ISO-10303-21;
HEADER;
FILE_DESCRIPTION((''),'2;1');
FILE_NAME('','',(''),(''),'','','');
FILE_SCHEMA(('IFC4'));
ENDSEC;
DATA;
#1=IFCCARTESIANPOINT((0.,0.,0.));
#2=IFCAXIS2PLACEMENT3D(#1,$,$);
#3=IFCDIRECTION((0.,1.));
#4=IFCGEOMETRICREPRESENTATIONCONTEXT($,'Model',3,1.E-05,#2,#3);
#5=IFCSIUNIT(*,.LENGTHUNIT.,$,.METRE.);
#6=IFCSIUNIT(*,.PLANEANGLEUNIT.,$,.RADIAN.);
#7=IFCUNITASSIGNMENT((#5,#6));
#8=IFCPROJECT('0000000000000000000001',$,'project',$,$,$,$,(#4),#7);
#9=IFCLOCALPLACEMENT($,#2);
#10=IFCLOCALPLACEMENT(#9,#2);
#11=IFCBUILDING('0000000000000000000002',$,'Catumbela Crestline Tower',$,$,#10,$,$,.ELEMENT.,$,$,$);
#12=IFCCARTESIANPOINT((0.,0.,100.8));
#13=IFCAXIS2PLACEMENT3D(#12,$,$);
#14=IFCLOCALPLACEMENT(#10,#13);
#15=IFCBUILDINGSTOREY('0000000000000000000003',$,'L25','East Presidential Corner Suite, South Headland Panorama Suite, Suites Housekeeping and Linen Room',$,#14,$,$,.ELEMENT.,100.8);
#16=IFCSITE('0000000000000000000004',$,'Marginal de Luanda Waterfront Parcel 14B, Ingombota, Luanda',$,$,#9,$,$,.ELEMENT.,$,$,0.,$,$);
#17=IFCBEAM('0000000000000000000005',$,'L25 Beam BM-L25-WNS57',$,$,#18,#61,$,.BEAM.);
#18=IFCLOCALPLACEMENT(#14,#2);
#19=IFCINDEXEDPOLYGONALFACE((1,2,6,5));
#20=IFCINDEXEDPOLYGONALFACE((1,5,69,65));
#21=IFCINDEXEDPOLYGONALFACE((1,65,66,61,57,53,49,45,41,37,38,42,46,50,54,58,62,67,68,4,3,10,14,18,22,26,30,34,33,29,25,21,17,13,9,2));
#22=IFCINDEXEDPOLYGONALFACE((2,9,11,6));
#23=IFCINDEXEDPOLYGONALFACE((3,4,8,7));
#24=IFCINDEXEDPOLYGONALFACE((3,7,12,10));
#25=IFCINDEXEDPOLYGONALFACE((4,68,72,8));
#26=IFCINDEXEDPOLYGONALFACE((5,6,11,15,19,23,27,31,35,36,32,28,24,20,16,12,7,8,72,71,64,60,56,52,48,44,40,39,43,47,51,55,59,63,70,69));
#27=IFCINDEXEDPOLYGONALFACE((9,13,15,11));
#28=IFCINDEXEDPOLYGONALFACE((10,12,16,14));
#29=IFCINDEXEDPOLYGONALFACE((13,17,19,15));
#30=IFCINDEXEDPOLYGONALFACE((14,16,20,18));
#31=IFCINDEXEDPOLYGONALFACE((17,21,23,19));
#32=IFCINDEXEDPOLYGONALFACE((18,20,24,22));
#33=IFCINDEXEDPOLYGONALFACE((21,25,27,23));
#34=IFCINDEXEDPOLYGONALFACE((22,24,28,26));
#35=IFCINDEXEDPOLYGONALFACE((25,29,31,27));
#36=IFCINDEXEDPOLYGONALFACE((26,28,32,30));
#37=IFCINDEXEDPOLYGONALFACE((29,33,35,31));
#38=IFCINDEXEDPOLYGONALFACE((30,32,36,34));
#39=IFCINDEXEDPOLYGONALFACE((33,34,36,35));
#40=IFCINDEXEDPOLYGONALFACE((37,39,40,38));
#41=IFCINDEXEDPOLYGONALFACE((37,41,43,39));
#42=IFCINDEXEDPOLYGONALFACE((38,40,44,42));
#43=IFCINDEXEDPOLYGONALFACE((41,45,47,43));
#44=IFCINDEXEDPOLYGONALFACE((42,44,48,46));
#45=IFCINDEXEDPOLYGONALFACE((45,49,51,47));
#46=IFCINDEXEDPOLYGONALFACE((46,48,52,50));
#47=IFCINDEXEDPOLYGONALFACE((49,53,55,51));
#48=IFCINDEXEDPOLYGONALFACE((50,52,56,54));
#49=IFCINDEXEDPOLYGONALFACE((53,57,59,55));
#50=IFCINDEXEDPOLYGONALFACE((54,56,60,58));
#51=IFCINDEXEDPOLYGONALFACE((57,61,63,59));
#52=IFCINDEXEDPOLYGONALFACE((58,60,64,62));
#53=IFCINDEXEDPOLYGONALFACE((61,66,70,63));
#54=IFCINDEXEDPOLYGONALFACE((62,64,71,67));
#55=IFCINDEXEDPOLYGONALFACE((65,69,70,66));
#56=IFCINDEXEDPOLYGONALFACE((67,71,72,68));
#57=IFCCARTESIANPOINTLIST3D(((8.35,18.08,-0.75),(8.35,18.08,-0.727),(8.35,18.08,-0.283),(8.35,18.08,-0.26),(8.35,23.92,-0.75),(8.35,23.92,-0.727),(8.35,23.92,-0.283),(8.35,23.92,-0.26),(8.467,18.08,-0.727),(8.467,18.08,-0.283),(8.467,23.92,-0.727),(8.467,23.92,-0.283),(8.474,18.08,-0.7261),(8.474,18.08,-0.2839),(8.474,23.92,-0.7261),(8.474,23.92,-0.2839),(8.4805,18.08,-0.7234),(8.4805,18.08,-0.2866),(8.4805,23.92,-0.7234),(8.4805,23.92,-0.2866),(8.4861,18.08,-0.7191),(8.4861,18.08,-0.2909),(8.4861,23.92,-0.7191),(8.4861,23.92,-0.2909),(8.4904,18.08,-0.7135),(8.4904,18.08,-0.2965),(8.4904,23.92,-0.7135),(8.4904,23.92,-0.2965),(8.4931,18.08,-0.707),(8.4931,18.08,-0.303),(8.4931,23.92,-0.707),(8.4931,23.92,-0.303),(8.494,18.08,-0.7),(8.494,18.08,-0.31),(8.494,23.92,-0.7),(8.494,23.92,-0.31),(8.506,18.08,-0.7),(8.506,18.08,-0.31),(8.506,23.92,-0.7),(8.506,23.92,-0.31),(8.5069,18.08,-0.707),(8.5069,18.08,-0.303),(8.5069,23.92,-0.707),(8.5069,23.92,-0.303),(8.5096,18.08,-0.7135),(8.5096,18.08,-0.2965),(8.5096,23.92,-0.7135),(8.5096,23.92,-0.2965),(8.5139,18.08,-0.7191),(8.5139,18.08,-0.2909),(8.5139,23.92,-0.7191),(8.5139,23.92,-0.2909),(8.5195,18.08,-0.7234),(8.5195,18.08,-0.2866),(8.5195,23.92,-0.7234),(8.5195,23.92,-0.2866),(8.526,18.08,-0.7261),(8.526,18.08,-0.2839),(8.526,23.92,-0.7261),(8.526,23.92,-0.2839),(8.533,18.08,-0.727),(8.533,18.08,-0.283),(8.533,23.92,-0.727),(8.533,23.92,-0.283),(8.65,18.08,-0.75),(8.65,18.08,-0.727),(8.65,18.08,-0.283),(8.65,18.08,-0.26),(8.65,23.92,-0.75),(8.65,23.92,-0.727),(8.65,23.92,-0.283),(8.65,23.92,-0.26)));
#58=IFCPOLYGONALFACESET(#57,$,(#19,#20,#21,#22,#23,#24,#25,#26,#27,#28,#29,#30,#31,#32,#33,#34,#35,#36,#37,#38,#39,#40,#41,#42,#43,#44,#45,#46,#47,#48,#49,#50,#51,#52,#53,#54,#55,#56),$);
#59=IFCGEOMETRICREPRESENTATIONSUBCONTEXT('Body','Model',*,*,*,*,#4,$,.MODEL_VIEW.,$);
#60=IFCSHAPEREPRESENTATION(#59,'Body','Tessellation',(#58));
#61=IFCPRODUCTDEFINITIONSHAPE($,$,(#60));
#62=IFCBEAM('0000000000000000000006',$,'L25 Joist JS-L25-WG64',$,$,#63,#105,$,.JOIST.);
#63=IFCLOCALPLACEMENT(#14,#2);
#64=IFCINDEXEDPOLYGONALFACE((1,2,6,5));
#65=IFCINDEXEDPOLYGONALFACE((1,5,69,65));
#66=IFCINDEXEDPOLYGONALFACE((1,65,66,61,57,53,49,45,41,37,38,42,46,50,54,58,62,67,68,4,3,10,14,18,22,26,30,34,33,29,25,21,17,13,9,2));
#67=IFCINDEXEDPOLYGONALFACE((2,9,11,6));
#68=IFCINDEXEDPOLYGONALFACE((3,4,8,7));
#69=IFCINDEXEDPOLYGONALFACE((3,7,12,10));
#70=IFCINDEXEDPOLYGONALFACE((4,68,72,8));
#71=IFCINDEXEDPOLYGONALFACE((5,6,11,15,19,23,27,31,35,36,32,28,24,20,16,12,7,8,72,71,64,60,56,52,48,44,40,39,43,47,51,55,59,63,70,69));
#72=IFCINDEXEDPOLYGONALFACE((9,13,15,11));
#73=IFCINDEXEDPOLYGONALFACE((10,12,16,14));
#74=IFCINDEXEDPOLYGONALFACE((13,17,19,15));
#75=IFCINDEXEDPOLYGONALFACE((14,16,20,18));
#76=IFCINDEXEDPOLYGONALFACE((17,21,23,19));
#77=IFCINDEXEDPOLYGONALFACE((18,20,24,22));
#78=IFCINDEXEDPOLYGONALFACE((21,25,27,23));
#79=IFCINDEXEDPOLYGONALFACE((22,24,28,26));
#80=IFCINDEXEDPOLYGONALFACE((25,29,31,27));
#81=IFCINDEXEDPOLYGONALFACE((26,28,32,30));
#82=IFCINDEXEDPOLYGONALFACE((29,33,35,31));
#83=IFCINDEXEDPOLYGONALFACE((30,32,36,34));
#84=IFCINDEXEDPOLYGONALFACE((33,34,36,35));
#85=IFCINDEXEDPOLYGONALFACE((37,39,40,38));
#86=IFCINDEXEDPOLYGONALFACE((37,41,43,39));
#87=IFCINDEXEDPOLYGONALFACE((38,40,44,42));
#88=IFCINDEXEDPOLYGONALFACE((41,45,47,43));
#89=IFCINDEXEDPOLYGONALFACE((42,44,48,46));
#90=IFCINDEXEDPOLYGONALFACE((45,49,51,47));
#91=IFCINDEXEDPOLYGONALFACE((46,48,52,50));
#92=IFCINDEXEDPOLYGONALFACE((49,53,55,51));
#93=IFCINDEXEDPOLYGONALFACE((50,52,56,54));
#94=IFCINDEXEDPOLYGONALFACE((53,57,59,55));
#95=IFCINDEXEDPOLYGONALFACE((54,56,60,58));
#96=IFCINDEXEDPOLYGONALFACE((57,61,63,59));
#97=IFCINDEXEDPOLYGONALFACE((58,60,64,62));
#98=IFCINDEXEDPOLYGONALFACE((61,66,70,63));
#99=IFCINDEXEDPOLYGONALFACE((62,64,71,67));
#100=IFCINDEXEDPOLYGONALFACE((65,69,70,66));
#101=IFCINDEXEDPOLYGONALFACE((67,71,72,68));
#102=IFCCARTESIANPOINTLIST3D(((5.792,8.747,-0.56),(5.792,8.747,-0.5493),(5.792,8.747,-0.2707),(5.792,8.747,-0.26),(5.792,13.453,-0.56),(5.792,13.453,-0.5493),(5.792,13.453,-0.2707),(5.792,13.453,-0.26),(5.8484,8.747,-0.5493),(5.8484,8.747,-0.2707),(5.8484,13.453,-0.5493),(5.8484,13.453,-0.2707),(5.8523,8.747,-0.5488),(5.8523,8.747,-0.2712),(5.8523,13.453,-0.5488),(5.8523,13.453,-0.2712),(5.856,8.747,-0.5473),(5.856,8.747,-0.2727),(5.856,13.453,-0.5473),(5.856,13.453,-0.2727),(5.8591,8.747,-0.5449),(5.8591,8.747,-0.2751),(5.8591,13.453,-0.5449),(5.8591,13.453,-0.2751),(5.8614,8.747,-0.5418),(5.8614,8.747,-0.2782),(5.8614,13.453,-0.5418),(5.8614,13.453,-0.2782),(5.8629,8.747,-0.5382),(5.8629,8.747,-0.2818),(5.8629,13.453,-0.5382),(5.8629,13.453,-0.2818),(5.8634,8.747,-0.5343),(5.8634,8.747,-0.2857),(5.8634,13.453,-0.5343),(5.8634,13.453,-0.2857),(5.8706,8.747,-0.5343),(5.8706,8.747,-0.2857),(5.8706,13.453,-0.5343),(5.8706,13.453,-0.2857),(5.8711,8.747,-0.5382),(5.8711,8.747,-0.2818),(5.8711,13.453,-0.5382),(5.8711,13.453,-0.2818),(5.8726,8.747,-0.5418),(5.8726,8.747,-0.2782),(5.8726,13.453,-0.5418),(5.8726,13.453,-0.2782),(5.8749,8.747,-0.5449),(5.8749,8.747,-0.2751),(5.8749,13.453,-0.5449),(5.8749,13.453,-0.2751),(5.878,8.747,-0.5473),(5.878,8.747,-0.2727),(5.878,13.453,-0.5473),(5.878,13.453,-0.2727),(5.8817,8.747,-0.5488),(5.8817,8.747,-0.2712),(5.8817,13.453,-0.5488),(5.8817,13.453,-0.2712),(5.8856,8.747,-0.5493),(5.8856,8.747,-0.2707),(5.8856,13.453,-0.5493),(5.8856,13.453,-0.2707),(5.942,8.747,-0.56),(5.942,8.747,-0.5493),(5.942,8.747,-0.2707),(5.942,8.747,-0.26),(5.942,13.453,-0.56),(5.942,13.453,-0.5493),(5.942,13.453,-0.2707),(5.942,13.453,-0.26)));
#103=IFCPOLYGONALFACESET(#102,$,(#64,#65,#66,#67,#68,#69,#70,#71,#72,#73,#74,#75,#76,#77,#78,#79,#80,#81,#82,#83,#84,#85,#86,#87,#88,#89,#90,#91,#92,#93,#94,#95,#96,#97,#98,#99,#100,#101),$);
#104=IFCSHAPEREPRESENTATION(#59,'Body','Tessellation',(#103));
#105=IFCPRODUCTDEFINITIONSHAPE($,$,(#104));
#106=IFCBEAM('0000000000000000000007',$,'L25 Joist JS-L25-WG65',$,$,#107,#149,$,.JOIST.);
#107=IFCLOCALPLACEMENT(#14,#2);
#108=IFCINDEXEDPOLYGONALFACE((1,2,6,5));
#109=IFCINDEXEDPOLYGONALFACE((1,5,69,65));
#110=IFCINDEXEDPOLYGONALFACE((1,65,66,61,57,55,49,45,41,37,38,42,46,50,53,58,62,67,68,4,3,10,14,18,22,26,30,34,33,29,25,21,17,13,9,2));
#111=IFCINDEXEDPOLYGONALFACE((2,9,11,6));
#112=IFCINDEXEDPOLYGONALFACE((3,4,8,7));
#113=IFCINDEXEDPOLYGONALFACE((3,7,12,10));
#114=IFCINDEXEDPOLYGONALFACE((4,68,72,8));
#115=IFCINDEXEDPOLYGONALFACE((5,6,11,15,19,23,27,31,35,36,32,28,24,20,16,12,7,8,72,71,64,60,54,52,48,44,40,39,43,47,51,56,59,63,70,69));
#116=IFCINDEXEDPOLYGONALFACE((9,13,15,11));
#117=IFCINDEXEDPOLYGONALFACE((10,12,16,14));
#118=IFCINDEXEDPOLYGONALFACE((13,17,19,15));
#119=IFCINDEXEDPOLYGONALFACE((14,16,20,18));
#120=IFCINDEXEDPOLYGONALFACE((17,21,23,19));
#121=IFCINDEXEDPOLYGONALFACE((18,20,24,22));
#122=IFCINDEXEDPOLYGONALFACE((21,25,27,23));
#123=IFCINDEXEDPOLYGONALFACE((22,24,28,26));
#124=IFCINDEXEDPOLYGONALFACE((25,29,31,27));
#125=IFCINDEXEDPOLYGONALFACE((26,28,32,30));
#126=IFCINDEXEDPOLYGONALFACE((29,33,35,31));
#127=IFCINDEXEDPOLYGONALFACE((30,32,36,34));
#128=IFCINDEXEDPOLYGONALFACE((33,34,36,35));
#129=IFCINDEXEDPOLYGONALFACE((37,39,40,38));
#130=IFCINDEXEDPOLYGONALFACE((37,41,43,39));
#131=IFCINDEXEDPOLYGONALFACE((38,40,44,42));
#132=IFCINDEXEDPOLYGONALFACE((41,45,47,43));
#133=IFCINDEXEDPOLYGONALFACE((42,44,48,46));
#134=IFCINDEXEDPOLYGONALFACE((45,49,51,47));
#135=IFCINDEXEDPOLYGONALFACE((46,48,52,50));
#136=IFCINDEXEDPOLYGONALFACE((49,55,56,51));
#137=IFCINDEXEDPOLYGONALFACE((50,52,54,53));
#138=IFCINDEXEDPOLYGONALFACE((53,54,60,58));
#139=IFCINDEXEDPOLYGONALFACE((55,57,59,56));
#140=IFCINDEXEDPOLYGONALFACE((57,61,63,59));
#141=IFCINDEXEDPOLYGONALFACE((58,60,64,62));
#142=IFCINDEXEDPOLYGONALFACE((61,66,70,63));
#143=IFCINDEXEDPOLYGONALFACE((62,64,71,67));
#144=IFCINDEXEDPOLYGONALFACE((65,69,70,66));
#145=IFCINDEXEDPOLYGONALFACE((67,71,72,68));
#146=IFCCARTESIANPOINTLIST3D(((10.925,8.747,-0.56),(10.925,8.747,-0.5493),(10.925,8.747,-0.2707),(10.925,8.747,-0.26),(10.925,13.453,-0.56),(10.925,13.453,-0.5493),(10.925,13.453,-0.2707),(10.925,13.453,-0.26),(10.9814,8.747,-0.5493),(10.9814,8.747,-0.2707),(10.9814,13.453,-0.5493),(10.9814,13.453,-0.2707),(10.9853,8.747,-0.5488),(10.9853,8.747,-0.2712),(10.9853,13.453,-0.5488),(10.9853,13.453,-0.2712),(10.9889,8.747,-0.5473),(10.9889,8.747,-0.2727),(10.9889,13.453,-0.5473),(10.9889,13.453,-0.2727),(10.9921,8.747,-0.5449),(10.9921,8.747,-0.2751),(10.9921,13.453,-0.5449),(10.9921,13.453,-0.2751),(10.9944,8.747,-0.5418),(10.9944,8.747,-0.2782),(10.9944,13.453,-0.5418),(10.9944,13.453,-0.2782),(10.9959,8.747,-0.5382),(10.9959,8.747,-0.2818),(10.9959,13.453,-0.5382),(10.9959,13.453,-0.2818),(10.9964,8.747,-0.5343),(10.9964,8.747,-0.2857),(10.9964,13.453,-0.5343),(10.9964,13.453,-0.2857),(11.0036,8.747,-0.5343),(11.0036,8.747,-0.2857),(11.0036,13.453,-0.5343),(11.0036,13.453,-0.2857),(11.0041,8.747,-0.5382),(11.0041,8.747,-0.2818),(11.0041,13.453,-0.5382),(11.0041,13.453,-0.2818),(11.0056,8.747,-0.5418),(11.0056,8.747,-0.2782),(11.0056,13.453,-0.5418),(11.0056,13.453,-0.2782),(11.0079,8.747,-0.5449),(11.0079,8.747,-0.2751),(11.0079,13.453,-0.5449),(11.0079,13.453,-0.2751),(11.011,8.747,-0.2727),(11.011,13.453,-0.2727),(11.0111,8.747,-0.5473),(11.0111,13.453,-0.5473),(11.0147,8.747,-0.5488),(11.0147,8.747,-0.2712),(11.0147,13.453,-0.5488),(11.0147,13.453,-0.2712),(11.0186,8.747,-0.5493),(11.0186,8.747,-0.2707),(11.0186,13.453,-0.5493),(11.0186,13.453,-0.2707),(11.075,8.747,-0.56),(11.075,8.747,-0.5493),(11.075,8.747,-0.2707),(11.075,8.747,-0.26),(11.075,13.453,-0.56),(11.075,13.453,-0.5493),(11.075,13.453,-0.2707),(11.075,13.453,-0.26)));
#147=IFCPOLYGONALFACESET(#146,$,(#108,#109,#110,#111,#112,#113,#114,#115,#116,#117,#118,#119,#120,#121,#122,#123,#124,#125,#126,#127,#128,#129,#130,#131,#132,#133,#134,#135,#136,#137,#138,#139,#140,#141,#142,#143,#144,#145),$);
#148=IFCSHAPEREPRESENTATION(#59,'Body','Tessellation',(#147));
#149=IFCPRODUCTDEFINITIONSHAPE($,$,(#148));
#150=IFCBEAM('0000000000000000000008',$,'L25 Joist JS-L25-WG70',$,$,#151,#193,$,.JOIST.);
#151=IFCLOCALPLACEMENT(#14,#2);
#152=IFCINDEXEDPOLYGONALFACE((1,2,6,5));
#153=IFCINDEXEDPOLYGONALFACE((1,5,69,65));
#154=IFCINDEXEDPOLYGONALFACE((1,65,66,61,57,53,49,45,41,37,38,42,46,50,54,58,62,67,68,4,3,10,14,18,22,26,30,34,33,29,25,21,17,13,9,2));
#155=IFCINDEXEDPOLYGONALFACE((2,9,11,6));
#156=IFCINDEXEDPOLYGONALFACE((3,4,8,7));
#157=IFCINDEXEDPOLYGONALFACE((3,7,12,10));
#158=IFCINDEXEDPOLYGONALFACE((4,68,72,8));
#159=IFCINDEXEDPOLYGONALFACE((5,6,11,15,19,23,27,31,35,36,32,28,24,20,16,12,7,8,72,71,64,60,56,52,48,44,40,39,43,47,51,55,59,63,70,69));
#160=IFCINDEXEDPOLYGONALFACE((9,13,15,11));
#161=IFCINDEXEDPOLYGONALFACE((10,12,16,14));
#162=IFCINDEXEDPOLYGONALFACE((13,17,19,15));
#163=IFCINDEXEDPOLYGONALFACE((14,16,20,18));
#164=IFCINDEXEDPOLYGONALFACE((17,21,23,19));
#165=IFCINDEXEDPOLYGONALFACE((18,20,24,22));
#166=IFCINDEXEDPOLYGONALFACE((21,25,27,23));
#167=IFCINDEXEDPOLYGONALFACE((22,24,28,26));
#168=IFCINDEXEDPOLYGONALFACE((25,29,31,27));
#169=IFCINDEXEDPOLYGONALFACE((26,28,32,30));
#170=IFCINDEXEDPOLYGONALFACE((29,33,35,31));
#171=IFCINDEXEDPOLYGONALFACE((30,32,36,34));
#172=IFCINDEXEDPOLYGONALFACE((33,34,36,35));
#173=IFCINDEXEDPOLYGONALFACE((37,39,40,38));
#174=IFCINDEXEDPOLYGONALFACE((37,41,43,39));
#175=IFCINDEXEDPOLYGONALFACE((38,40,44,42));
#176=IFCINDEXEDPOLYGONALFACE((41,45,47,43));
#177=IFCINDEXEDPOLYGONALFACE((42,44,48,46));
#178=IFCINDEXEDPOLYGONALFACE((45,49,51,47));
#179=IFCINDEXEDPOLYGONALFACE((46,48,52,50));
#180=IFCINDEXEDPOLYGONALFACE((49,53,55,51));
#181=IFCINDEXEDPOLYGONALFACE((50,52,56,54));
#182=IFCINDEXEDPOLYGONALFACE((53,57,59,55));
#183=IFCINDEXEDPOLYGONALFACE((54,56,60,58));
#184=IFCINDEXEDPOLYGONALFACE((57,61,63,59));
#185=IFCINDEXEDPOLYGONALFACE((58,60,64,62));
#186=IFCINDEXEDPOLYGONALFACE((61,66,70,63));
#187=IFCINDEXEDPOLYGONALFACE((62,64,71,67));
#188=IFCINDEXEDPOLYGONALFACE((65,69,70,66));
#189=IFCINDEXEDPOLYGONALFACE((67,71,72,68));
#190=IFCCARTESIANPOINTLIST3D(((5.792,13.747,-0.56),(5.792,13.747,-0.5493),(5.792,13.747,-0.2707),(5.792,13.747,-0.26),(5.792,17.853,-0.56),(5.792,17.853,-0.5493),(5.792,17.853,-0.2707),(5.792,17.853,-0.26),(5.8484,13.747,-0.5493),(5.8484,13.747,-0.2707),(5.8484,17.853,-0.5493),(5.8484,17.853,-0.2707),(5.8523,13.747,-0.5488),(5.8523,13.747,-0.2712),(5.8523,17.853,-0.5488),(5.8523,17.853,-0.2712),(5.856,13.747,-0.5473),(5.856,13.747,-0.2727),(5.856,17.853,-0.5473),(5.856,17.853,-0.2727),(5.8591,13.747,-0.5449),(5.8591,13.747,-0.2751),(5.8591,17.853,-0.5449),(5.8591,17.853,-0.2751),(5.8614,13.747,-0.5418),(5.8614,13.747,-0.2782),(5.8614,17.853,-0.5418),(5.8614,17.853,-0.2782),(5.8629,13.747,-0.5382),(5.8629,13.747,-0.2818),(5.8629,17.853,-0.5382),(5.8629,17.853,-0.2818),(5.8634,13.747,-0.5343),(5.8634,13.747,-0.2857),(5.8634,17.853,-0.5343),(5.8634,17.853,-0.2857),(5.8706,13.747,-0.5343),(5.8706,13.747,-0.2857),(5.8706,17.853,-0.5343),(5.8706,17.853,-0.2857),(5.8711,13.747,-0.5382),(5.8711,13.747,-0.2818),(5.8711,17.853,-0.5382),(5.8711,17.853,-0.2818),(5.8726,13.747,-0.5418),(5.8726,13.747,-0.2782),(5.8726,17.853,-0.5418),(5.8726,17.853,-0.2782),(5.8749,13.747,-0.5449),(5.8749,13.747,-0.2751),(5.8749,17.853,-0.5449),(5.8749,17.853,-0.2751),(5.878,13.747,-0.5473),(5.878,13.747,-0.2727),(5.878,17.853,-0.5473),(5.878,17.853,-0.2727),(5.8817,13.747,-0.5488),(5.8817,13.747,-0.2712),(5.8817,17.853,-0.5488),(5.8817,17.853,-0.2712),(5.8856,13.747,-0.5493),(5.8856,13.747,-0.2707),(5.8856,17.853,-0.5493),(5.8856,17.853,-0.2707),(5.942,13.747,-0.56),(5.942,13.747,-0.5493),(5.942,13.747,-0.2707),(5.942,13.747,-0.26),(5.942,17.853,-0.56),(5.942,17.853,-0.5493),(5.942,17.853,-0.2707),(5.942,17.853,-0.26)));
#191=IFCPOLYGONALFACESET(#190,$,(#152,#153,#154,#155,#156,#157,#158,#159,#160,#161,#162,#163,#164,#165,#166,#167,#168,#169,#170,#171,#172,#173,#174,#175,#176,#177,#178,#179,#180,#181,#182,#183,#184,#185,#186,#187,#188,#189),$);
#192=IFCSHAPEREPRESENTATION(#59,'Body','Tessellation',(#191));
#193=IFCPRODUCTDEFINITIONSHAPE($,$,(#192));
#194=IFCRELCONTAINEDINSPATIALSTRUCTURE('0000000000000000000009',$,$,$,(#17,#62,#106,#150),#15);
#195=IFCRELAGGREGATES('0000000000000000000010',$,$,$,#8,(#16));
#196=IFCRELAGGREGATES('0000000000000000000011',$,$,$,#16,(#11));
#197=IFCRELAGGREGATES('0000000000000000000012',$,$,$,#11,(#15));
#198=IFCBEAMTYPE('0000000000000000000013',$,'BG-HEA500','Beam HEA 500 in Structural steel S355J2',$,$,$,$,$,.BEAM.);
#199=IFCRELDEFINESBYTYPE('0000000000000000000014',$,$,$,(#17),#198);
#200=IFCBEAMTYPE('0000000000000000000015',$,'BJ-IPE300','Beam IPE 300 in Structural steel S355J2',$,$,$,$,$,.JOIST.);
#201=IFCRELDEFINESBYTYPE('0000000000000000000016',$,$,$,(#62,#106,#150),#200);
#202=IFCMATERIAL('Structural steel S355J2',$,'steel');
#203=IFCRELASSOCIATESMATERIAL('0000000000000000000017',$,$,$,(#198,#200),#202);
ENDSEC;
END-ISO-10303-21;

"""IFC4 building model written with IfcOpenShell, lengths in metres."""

from ifc_helpers import new_model, si_unit, direction, frame, origin, origin_2d, place, context, subcontext, project, spatial, i_section, extrude, material, material_profile, profile_set, type_object, element, save


model = new_model("IFC4")

# Units and contexts
model_context = context("Model", 3, precision=1e-05, world=origin(), true_north=direction((0.0, 1.0)))
body_context = subcontext(model_context, "Body", "Model", "MODEL_VIEW")
ifc_project = project(units=[si_unit("LENGTHUNIT", "METRE"), si_unit("PLANEANGLEUNIT", "RADIAN")], contexts=[model_context])

# Site, building, storey
site_placement = place(None, origin())
site = spatial("IfcSite", under=ifc_project, at=site_placement, Name="Marginal de Luanda Waterfront Parcel 14B, Ingombota, Luanda", CompositionType="ELEMENT", RefElevation=0.0)
building_placement = place(site_placement, origin())
building = spatial("IfcBuilding", under=site, at=building_placement, Name="Catumbela Crestline Tower", CompositionType="ELEMENT")
storey_placement = place(building_placement, frame((0.0, 0.0, 100.8)))
storey = spatial("IfcBuildingStorey", under=building, at=storey_placement, Name="L25", Description="East Presidential Corner Suite, South Headland Panorama Suite, Suites Housekeeping and Linen Room", CompositionType="ELEMENT", Elevation=100.8)

# Beams
ifc_material_1 = material(Name="Structural steel S355J2", Category="steel")
ifc_material_profile_1 = material_profile(ifc_material_1, i_section(OverallWidth=0.3, OverallDepth=0.49, WebThickness=0.012, FlangeThickness=0.023, FilletRadius=0.027, at=origin_2d()), Name="HEA 500")
ifc_profile_set_1 = profile_set([ifc_material_profile_1], Name="Structural steel S355J2")
beam_type_1 = type_object("IfcBeamType", Name="BG-HEA500", Description="Beam HEA 500 in Structural steel S355J2", PredefinedType="BEAM", material=ifc_profile_set_1)
beam_1_placement = place(storey_placement, frame((8.5, 18.08, -0.505), z_axis=(0.0, 1.0, 0.0), x_axis=(-1.0, 0.0, 0.0)))
element("IfcBeam", 1, at=beam_1_placement, inside=storey, type_object=beam_type_1, Name="L25 Beam BM-L25-WNS57", PredefinedType="BEAM", context=body_context, shape_type="SweptSolid", body=[
    extrude(i_section(OverallWidth=0.3, OverallDepth=0.49, WebThickness=0.012, FlangeThickness=0.023, FilletRadius=0.027, at=origin_2d()), origin(), (0.0, 0.0, 1.0), 5.84),
])
ifc_material_profile_2 = material_profile(ifc_material_1, i_section(OverallWidth=0.15, OverallDepth=0.3, WebThickness=0.0071, FlangeThickness=0.0107, FilletRadius=0.015, at=origin_2d()), Name="IPE 300")
ifc_profile_set_2 = profile_set([ifc_material_profile_2], Name="Structural steel S355J2")
beam_type_2 = type_object("IfcBeamType", Name="BJ-IPE300", Description="Beam IPE 300 in Structural steel S355J2", PredefinedType="JOIST", material=ifc_profile_set_2)
for number, where, z_axis, x_axis, name in (
    (2, (5.867, 8.747, -0.41), (0.0, 1.0, 0.0), (-1.0, 0.0, 0.0), "L25 Joist JS-L25-WG64"),
    (3, (11.0, 8.747, -0.41), (0.0, 1.0, 0.0), (-1.0, 0.0, 0.0), "L25 Joist JS-L25-WG65"),
):
    element("IfcBeam", number, at=place(storey_placement, frame(where, z_axis=z_axis, x_axis=x_axis)), inside=storey, type_object=beam_type_2, Name=name, PredefinedType="JOIST", context=body_context, shape_type="SweptSolid", body=[
        extrude(i_section(OverallWidth=0.15, OverallDepth=0.3, WebThickness=0.0071, FlangeThickness=0.0107, FilletRadius=0.015, at=origin_2d()), origin(), (0.0, 0.0, 1.0), 4.706),
    ])
for number, where, z_axis, x_axis, name in (
    (4, (5.867, 13.747, -0.41), (0.0, 1.0, 0.0), (-1.0, 0.0, 0.0), "L25 Joist JS-L25-WG70"),
):
    element("IfcBeam", number, at=place(storey_placement, frame(where, z_axis=z_axis, x_axis=x_axis)), inside=storey, type_object=beam_type_2, Name=name, PredefinedType="JOIST", context=body_context, shape_type="SweptSolid", body=[
        extrude(i_section(OverallWidth=0.15, OverallDepth=0.3, WebThickness=0.0071, FlangeThickness=0.0107, FilletRadius=0.015, at=origin_2d()), origin(), (0.0, 0.0, 1.0), 4.106),
    ])

save(model, "model.ifc")
